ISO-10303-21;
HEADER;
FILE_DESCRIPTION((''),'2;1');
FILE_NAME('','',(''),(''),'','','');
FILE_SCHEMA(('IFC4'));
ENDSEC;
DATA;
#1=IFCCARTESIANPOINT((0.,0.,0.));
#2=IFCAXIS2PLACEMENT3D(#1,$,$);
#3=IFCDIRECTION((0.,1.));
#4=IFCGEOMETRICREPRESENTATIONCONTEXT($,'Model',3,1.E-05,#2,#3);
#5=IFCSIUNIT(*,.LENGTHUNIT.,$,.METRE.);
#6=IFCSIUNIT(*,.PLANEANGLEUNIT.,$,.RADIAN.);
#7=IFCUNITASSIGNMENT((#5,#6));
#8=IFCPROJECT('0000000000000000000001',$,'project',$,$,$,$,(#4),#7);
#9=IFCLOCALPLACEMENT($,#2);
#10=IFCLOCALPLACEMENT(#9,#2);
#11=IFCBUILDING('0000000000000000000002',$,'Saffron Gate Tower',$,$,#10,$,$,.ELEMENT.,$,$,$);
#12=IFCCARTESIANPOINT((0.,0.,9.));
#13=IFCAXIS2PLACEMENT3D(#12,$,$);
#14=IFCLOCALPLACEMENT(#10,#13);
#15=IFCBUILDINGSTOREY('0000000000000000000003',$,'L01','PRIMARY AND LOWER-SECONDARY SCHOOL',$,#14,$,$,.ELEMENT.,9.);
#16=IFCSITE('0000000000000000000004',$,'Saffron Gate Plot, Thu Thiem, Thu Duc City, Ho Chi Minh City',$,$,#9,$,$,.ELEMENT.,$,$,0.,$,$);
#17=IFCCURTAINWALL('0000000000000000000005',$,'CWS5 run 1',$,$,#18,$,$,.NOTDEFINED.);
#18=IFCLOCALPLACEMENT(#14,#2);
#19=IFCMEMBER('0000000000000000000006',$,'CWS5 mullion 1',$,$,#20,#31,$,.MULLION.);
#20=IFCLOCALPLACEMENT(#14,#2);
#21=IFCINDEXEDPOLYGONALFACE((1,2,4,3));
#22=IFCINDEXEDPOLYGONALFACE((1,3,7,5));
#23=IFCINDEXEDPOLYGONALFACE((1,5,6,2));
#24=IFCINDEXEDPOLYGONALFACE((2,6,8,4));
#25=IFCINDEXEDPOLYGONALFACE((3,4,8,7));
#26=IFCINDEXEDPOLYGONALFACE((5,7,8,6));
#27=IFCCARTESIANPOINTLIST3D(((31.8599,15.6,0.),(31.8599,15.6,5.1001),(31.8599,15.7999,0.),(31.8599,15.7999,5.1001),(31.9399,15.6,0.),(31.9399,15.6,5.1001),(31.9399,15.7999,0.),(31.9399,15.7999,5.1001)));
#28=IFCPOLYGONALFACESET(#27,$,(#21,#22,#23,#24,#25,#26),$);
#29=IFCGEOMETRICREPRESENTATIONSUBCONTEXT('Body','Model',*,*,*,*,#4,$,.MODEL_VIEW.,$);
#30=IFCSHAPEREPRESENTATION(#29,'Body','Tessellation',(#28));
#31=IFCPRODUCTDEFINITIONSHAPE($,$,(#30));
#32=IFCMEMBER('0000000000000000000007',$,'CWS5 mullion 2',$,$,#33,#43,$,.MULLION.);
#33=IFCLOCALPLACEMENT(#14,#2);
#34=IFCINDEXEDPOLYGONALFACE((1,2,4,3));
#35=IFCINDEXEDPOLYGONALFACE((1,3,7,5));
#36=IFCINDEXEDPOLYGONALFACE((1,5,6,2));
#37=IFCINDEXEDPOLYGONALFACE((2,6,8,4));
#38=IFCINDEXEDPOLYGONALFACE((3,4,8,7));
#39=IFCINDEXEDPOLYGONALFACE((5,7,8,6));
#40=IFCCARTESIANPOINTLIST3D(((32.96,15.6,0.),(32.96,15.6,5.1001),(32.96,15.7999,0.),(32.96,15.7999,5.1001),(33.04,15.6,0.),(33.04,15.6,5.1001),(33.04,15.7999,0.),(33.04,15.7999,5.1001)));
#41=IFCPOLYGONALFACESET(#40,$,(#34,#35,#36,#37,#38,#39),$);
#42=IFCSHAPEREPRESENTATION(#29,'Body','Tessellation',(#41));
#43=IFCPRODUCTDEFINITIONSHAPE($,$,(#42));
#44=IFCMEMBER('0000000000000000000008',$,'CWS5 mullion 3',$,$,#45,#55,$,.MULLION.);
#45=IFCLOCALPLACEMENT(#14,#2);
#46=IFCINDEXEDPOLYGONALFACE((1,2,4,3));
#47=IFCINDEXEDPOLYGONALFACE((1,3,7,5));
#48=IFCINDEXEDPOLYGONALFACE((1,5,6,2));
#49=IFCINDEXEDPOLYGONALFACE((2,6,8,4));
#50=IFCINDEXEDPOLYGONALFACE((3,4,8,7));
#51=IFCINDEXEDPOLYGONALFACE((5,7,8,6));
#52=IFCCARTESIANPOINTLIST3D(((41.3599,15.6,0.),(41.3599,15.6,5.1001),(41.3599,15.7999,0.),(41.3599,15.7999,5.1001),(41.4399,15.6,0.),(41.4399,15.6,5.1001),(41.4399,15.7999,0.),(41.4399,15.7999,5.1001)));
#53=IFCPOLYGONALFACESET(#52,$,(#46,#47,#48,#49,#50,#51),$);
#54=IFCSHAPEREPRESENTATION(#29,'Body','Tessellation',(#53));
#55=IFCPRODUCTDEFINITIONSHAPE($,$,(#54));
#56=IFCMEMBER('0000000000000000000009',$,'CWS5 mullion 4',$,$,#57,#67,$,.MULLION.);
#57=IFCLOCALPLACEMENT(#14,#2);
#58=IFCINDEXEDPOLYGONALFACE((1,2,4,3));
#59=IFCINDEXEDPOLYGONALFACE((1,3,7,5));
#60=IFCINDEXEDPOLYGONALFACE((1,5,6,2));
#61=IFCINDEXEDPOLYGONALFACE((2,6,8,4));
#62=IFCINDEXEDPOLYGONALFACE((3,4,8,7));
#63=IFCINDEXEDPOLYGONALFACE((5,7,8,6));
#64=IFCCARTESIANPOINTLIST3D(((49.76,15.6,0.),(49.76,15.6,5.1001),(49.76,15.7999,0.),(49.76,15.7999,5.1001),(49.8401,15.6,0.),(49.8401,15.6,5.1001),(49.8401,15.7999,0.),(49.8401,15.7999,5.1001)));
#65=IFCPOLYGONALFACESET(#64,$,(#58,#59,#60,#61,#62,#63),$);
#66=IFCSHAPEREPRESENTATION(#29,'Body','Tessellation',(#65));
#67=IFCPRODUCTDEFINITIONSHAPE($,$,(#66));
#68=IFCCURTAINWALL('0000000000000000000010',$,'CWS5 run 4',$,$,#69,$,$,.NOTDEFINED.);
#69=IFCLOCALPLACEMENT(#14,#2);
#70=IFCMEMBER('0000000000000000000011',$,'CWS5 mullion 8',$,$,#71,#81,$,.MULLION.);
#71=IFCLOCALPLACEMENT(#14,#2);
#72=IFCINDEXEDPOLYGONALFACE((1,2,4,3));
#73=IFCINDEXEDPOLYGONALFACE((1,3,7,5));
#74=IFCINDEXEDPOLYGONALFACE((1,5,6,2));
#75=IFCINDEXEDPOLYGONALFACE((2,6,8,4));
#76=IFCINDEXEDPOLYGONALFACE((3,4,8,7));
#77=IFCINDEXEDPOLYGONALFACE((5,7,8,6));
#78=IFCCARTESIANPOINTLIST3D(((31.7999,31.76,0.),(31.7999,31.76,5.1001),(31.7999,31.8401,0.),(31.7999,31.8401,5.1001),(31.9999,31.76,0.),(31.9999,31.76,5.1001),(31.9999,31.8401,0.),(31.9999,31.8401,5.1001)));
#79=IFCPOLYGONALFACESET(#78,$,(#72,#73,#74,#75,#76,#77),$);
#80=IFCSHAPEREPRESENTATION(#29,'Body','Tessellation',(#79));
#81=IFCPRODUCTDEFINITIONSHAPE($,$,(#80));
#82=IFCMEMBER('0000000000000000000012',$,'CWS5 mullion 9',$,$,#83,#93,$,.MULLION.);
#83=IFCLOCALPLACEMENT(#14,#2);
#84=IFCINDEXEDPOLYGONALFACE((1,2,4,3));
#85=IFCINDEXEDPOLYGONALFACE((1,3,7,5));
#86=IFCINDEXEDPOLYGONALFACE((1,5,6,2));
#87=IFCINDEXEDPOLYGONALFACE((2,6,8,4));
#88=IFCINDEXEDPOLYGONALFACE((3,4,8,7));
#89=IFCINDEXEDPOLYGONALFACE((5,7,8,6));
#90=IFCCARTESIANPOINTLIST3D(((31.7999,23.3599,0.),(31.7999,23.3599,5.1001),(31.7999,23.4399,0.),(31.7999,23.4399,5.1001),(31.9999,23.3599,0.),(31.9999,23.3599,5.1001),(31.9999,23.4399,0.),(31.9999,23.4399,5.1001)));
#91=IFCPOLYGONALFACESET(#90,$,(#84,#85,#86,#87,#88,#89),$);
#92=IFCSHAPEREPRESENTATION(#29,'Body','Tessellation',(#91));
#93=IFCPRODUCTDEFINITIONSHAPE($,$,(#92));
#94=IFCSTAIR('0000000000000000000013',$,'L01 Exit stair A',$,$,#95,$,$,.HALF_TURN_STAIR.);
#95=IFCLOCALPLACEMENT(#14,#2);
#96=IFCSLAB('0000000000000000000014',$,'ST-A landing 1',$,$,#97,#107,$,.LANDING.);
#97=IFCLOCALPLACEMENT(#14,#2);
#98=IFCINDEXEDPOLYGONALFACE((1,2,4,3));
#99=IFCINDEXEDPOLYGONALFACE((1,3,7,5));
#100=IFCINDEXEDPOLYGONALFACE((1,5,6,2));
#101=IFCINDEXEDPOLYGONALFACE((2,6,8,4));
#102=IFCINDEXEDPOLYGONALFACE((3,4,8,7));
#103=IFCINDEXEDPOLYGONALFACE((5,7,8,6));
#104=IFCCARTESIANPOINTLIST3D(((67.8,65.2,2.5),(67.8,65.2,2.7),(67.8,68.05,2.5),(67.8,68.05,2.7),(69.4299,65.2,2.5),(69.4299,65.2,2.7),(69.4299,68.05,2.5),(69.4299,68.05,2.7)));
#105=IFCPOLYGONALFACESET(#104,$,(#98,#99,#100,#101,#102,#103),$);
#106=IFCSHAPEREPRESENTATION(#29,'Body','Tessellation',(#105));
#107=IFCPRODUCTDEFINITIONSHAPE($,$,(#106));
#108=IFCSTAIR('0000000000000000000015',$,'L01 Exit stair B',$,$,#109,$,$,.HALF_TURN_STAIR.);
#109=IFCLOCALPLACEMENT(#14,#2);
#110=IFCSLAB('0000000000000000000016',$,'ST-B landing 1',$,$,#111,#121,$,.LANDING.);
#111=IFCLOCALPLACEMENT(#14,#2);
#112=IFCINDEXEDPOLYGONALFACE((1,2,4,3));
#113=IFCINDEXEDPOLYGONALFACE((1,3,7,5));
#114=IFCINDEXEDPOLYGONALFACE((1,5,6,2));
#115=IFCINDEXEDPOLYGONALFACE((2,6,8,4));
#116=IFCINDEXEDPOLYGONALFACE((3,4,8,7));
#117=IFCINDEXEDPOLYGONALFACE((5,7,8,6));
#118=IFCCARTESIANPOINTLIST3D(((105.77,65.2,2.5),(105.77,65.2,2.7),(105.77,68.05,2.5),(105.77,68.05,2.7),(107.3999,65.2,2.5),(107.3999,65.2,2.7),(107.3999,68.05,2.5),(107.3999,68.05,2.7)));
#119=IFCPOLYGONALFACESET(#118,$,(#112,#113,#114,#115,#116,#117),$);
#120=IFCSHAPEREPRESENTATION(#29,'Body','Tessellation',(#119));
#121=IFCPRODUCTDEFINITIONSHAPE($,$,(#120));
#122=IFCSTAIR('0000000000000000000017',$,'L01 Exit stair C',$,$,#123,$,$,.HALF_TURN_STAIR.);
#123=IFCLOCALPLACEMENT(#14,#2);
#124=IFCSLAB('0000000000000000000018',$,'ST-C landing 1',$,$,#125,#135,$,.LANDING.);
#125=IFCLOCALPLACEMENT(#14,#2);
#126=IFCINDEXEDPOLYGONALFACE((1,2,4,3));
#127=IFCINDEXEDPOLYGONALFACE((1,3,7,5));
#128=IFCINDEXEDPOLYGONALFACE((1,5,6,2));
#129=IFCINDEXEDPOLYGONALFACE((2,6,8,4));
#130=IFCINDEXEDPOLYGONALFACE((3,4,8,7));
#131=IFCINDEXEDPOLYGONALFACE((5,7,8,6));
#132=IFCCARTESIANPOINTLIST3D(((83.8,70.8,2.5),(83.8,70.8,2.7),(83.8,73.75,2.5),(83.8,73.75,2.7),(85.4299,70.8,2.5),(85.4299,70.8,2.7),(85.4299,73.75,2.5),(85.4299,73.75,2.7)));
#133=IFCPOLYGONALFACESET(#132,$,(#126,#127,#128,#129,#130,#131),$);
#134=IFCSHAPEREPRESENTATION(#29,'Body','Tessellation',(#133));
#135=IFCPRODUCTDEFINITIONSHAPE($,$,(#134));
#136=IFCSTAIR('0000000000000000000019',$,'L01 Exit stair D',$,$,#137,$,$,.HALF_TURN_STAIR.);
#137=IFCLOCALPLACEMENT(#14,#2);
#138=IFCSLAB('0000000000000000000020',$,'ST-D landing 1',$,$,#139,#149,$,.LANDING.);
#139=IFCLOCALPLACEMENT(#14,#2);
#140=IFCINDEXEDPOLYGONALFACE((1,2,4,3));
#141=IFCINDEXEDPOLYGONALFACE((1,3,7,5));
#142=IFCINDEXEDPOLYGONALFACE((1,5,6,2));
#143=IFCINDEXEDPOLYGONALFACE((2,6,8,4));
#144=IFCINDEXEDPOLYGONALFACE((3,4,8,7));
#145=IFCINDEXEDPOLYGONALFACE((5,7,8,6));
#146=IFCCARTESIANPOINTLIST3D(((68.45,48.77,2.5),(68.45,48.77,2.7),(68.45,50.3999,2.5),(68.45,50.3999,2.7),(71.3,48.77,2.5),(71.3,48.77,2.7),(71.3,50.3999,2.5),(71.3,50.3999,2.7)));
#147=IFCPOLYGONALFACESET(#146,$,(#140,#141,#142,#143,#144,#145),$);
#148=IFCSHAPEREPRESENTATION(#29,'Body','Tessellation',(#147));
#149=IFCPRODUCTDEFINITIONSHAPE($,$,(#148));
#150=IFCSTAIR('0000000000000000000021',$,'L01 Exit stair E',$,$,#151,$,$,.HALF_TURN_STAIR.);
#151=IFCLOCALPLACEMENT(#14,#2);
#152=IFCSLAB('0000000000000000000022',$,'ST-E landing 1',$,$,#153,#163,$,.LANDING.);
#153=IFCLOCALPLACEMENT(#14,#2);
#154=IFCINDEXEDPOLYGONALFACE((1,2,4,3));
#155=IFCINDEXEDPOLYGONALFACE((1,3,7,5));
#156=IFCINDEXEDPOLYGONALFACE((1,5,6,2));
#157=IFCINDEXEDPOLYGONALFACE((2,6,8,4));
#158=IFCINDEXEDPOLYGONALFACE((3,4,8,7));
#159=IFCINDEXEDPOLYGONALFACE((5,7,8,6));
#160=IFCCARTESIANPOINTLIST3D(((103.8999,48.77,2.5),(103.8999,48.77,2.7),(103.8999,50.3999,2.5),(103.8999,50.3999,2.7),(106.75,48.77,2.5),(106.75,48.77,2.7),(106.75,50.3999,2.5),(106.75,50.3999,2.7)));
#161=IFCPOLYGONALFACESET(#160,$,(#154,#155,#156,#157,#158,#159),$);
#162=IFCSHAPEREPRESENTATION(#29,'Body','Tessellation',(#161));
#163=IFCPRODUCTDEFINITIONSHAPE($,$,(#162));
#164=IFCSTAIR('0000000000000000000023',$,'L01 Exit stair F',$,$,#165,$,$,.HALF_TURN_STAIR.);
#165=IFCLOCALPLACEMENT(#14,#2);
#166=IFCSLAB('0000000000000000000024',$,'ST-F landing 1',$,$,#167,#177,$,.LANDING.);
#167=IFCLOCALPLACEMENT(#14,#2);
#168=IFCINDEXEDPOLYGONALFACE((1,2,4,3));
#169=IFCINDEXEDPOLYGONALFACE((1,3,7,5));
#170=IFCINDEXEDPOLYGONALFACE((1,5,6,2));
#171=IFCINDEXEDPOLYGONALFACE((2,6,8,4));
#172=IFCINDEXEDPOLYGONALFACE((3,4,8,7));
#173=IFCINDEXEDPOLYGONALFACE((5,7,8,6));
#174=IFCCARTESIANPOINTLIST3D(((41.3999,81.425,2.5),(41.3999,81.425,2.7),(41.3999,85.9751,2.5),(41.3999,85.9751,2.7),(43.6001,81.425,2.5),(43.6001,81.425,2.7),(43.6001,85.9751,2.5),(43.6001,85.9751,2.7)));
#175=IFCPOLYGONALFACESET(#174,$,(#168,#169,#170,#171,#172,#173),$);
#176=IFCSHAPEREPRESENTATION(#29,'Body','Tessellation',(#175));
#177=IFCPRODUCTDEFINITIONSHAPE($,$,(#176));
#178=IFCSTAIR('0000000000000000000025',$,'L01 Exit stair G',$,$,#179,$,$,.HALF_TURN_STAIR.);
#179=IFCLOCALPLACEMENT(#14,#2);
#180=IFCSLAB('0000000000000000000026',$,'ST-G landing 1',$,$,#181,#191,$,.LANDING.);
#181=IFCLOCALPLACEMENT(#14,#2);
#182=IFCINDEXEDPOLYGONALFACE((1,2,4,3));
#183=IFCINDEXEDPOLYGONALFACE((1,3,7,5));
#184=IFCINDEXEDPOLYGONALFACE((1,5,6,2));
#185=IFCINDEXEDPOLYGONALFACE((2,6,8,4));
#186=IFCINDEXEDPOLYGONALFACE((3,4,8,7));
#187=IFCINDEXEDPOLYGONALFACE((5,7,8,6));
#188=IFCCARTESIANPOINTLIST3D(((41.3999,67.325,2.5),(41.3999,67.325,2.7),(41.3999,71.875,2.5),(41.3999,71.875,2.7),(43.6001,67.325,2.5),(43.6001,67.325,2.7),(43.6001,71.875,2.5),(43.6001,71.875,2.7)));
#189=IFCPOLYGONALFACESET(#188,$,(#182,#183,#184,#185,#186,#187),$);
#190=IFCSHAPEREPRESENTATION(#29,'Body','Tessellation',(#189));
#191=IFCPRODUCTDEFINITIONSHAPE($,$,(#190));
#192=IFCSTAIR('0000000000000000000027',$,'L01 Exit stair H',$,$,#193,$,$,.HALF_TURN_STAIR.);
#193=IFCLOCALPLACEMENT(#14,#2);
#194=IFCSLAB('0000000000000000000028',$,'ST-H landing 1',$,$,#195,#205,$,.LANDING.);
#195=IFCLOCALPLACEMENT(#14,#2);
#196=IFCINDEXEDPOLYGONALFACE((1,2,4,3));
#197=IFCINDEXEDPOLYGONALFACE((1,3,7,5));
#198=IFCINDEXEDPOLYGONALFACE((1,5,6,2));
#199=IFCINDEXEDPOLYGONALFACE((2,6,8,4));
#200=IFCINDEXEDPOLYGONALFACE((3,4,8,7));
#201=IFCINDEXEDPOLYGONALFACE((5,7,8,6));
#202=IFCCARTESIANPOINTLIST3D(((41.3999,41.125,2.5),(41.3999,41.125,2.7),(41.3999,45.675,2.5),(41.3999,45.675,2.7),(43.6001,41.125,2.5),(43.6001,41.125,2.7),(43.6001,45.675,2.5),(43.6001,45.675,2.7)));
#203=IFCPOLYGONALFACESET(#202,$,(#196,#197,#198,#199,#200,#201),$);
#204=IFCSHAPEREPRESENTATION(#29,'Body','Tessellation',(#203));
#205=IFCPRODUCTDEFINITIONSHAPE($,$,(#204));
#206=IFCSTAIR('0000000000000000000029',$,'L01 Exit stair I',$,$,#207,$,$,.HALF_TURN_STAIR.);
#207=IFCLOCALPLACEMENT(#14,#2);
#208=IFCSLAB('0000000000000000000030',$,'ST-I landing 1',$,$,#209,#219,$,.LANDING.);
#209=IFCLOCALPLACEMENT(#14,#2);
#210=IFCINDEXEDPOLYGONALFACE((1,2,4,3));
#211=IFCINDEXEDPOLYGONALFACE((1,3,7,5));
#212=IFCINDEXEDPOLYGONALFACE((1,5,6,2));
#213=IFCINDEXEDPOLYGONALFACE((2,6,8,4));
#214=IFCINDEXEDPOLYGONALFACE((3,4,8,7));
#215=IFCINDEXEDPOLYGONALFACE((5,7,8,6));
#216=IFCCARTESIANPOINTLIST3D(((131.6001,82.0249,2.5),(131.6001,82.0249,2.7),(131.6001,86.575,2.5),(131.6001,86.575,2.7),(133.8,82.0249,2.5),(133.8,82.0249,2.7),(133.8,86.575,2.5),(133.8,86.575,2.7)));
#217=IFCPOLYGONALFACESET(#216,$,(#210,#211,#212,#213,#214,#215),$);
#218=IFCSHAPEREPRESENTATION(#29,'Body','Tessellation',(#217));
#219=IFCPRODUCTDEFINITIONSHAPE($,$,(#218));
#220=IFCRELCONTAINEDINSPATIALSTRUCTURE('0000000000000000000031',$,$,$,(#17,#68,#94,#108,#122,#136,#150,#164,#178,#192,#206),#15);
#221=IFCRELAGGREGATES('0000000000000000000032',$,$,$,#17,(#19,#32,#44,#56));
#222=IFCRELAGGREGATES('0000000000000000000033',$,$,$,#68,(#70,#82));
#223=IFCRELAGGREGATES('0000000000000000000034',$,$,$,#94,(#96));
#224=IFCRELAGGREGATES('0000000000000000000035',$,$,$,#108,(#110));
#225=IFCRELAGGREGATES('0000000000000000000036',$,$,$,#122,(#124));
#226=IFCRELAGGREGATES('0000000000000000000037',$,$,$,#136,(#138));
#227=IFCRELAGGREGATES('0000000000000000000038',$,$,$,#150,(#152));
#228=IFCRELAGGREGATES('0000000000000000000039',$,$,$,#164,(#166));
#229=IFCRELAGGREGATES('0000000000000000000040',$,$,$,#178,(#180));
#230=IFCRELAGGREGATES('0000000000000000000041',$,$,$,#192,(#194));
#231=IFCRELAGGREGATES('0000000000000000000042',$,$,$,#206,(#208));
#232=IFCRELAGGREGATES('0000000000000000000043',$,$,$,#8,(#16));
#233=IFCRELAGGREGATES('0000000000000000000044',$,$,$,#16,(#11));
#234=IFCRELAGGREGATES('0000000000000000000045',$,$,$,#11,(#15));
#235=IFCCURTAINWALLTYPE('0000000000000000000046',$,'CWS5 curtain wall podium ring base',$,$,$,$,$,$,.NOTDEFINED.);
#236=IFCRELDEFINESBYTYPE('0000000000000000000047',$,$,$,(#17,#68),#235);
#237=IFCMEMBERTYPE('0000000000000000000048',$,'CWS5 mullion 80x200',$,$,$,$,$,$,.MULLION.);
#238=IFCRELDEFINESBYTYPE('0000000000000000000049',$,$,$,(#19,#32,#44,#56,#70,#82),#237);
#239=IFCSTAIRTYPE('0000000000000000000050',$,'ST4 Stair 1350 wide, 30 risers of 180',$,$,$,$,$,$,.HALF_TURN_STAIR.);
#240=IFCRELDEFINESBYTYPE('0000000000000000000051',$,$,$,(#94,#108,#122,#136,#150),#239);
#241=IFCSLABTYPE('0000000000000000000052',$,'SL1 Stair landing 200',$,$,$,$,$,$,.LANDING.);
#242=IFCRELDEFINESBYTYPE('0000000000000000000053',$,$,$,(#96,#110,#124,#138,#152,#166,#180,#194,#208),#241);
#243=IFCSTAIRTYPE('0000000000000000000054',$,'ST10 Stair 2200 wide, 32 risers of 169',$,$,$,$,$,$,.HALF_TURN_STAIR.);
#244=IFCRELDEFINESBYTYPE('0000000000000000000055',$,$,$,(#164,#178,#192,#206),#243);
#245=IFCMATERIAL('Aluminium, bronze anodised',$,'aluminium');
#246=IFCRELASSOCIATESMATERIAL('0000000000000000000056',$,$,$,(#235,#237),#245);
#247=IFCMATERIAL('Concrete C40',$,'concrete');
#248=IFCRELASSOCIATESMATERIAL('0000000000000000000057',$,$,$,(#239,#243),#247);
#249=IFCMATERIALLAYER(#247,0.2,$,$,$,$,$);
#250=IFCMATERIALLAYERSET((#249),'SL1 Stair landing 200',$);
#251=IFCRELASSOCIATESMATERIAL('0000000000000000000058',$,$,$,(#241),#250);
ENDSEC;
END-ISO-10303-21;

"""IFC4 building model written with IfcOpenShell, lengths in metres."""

from ifc_helpers import new_model, si_unit, direction, frame, origin, origin_2d, place, context, subcontext, project, spatial, polyline, rectangle, outline, extrude, material, layer, layer_set, material_profile, profile_set, type_object, element, aggregate, save


model = new_model("IFC4")

# Units and contexts
model_context = context("Model", 3, precision=1e-05, world=origin(), true_north=direction((0.0, 1.0)))
body_context = subcontext(model_context, "Body", "Model", "MODEL_VIEW")
ifc_project = project(units=[si_unit("LENGTHUNIT", "METRE"), si_unit("PLANEANGLEUNIT", "RADIAN")], contexts=[model_context])

# Site, building, storey
site_placement = place(None, origin())
site = spatial("IfcSite", under=ifc_project, at=site_placement, Name="Saffron Gate Plot, Thu Thiem, Thu Duc City, Ho Chi Minh City", CompositionType="ELEMENT", RefElevation=0.0)
building_placement = place(site_placement, origin())
building = spatial("IfcBuilding", under=site, at=building_placement, Name="Saffron Gate Tower", CompositionType="ELEMENT")
storey_placement = place(building_placement, frame((0.0, 0.0, 9.0)))
storey = spatial("IfcBuildingStorey", under=building, at=storey_placement, Name="L01", Description="PRIMARY AND LOWER-SECONDARY SCHOOL", CompositionType="ELEMENT", Elevation=9.0)

# Curtain walls, members
ifc_material_1 = material(Name="Aluminium, bronze anodised", Category="aluminium")
curtain_wall_type = type_object("IfcCurtainWallType", Name="CWS5 curtain wall podium ring base", PredefinedType="NOTDEFINED", material=ifc_material_1)
curtain_wall_1_placement = place(storey_placement, origin())
curtain_wall_1 = element("IfcCurtainWall", 1, at=curtain_wall_1_placement, inside=storey, type_object=curtain_wall_type, Name="CWS5 run 1", PredefinedType="NOTDEFINED")
ifc_material_profile_1 = material_profile(ifc_material_1, rectangle(XDim=0.2, YDim=0.0801, at=origin_2d()))
ifc_profile_set_1 = profile_set([ifc_material_profile_1], Name="Aluminium, bronze anodised")
member_type_1 = type_object("IfcMemberType", Name="CWS5 mullion 80x200", PredefinedType="MULLION", material=ifc_profile_set_1)
member_1_placement = place(storey_placement, frame((31.8999, 15.7, 0.0), z_axis=(0.0, 0.0, 1.0), x_axis=(0.0, 1.0, 0.0)))
member_1 = element("IfcMember", 2, at=member_1_placement, type_object=member_type_1, Name="CWS5 mullion 1", PredefinedType="MULLION", context=body_context, shape_type="SweptSolid", body=[
    extrude(rectangle(XDim=0.2, YDim=0.0801, at=origin_2d()), origin(), (0.0, 0.0, 1.0), 5.1001),
])
member_2_placement = place(storey_placement, frame((33.0, 15.7, 0.0), z_axis=(0.0, 0.0, 1.0), x_axis=(0.0, 1.0, 0.0)))
member_2 = element("IfcMember", 3, at=member_2_placement, type_object=member_type_1, Name="CWS5 mullion 2", PredefinedType="MULLION", context=body_context, shape_type="SweptSolid", body=[
    extrude(rectangle(XDim=0.2, YDim=0.0801, at=origin_2d()), origin(), (0.0, 0.0, 1.0), 5.1001),
])
member_3_placement = place(storey_placement, frame((41.3999, 15.7, 0.0), z_axis=(0.0, 0.0, 1.0), x_axis=(0.0, 1.0, 0.0)))
member_3 = element("IfcMember", 4, at=member_3_placement, type_object=member_type_1, Name="CWS5 mullion 3", PredefinedType="MULLION", context=body_context, shape_type="SweptSolid", body=[
    extrude(rectangle(XDim=0.2, YDim=0.0801, at=origin_2d()), origin(), (0.0, 0.0, 1.0), 5.1001),
])
member_4_placement = place(storey_placement, frame((49.8, 15.7, 0.0), z_axis=(0.0, 0.0, 1.0), x_axis=(0.0, 1.0, 0.0)))
member_4 = element("IfcMember", 5, at=member_4_placement, type_object=member_type_1, Name="CWS5 mullion 4", PredefinedType="MULLION", context=body_context, shape_type="SweptSolid", body=[
    extrude(rectangle(XDim=0.2, YDim=0.0801, at=origin_2d()), origin(), (0.0, 0.0, 1.0), 5.1001),
])
aggregate(curtain_wall_1, [member_1, member_2, member_3, member_4])
curtain_wall_2_placement = place(storey_placement, origin())
curtain_wall_2 = element("IfcCurtainWall", 6, at=curtain_wall_2_placement, inside=storey, type_object=curtain_wall_type, Name="CWS5 run 4", PredefinedType="NOTDEFINED")
member_5_placement = place(storey_placement, frame((31.8999, 31.8, 0.0), z_axis=(0.0, 0.0, 1.0), x_axis=(1.0, 0.0, 0.0)))
member_5 = element("IfcMember", 7, at=member_5_placement, type_object=member_type_1, Name="CWS5 mullion 8", PredefinedType="MULLION", context=body_context, shape_type="SweptSolid", body=[
    extrude(rectangle(XDim=0.2, YDim=0.0801, at=origin_2d()), origin(), (0.0, 0.0, 1.0), 5.1001),
])
member_6_placement = place(storey_placement, frame((31.8999, 23.3999, 0.0), z_axis=(0.0, 0.0, 1.0), x_axis=(1.0, 0.0, 0.0)))
member_6 = element("IfcMember", 8, at=member_6_placement, type_object=member_type_1, Name="CWS5 mullion 9", PredefinedType="MULLION", context=body_context, shape_type="SweptSolid", body=[
    extrude(rectangle(XDim=0.2, YDim=0.0801, at=origin_2d()), origin(), (0.0, 0.0, 1.0), 5.1001),
])
aggregate(curtain_wall_2, [member_5, member_6])

# Shared definitions
ifc_material_2 = material(Name="Concrete C40", Category="concrete")

# Stairs, slabs
stair_type_1 = type_object("IfcStairType", Name="ST4 Stair 1350 wide, 30 risers of 180", PredefinedType="HALF_TURN_STAIR", material=ifc_material_2)
stair_1_placement = place(storey_placement, origin())
stair_1 = element("IfcStair", 9, at=stair_1_placement, inside=storey, type_object=stair_type_1, Name="L01 Exit stair A", PredefinedType="HALF_TURN_STAIR")
ifc_layer_1 = layer(ifc_material_2, 0.2)
ifc_layer_set_1 = layer_set([ifc_layer_1], Name="SL1 Stair landing 200")
slab_type_1 = type_object("IfcSlabType", Name="SL1 Stair landing 200", PredefinedType="LANDING", material=ifc_layer_set_1)
slab_1_placement = place(storey_placement, frame((0.0, 0.0, 2.5)))
slab_1 = element("IfcSlab", 10, at=slab_1_placement, type_object=slab_type_1, Name="ST-A landing 1", PredefinedType="LANDING", context=body_context, shape_type="SweptSolid", body=[
    extrude(outline(polyline([(69.4299, 68.05), (67.8, 68.05), (67.8, 65.2), (69.4299, 65.2), (69.4299, 68.05)])), origin(), (0.0, 0.0, 1.0), 0.2),
])
aggregate(stair_1, [slab_1])
stair_2_placement = place(storey_placement, origin())
stair_2 = element("IfcStair", 11, at=stair_2_placement, inside=storey, type_object=stair_type_1, Name="L01 Exit stair B", PredefinedType="HALF_TURN_STAIR")
slab_2_placement = place(storey_placement, frame((0.0, 0.0, 2.5)))
slab_2 = element("IfcSlab", 12, at=slab_2_placement, type_object=slab_type_1, Name="ST-B landing 1", PredefinedType="LANDING", context=body_context, shape_type="SweptSolid", body=[
    extrude(outline(polyline([(105.77, 65.2), (107.3999, 65.2), (107.3999, 68.05), (105.77, 68.05), (105.77, 65.2)])), origin(), (0.0, 0.0, 1.0), 0.2),
])
aggregate(stair_2, [slab_2])
stair_3_placement = place(storey_placement, origin())
stair_3 = element("IfcStair", 13, at=stair_3_placement, inside=storey, type_object=stair_type_1, Name="L01 Exit stair C", PredefinedType="HALF_TURN_STAIR")
slab_3_placement = place(storey_placement, frame((0.0, 0.0, 2.5)))
slab_3 = element("IfcSlab", 14, at=slab_3_placement, type_object=slab_type_1, Name="ST-C landing 1", PredefinedType="LANDING", context=body_context, shape_type="SweptSolid", body=[
    extrude(outline(polyline([(85.4299, 73.75), (83.8, 73.75), (83.8, 70.8), (85.4299, 70.8), (85.4299, 73.75)])), origin(), (0.0, 0.0, 1.0), 0.2),
])
aggregate(stair_3, [slab_3])
stair_4_placement = place(storey_placement, origin())
stair_4 = element("IfcStair", 15, at=stair_4_placement, inside=storey, type_object=stair_type_1, Name="L01 Exit stair D", PredefinedType="HALF_TURN_STAIR")
slab_4_placement = place(storey_placement, frame((0.0, 0.0, 2.5)))
slab_4 = element("IfcSlab", 16, at=slab_4_placement, type_object=slab_type_1, Name="ST-D landing 1", PredefinedType="LANDING", context=body_context, shape_type="SweptSolid", body=[
    extrude(outline(polyline([(71.3, 48.77), (71.3, 50.3999), (68.45, 50.3999), (68.45, 48.77), (71.3, 48.77)])), origin(), (0.0, 0.0, 1.0), 0.2),
])
aggregate(stair_4, [slab_4])
stair_5_placement = place(storey_placement, origin())
stair_5 = element("IfcStair", 17, at=stair_5_placement, inside=storey, type_object=stair_type_1, Name="L01 Exit stair E", PredefinedType="HALF_TURN_STAIR")
slab_5_placement = place(storey_placement, frame((0.0, 0.0, 2.5)))
slab_5 = element("IfcSlab", 18, at=slab_5_placement, type_object=slab_type_1, Name="ST-E landing 1", PredefinedType="LANDING", context=body_context, shape_type="SweptSolid", body=[
    extrude(outline(polyline([(106.75, 48.77), (106.75, 50.3999), (103.8999, 50.3999), (103.8999, 48.77), (106.75, 48.77)])), origin(), (0.0, 0.0, 1.0), 0.2),
])
aggregate(stair_5, [slab_5])
stair_type_2 = type_object("IfcStairType", Name="ST10 Stair 2200 wide, 32 risers of 169", PredefinedType="HALF_TURN_STAIR", material=ifc_material_2)
stair_6_placement = place(storey_placement, origin())
stair_6 = element("IfcStair", 19, at=stair_6_placement, inside=storey, type_object=stair_type_2, Name="L01 Exit stair F", PredefinedType="HALF_TURN_STAIR")
slab_6_placement = place(storey_placement, frame((0.0, 0.0, 2.5)))
slab_6 = element("IfcSlab", 20, at=slab_6_placement, type_object=slab_type_1, Name="ST-F landing 1", PredefinedType="LANDING", context=body_context, shape_type="SweptSolid", body=[
    extrude(outline(polyline([(41.3999, 81.425), (43.6001, 81.425), (43.6001, 85.9751), (41.3999, 85.9751), (41.3999, 81.425)])), origin(), (0.0, 0.0, 1.0), 0.2),
])
aggregate(stair_6, [slab_6])
stair_7_placement = place(storey_placement, origin())
stair_7 = element("IfcStair", 21, at=stair_7_placement, inside=storey, type_object=stair_type_2, Name="L01 Exit stair G", PredefinedType="HALF_TURN_STAIR")
slab_7_placement = place(storey_placement, frame((0.0, 0.0, 2.5)))
slab_7 = element("IfcSlab", 22, at=slab_7_placement, type_object=slab_type_1, Name="ST-G landing 1", PredefinedType="LANDING", context=body_context, shape_type="SweptSolid", body=[
    extrude(outline(polyline([(41.3999, 67.325), (43.6001, 67.325), (43.6001, 71.875), (41.3999, 71.875), (41.3999, 67.325)])), origin(), (0.0, 0.0, 1.0), 0.2),
])
aggregate(stair_7, [slab_7])
stair_8_placement = place(storey_placement, origin())
stair_8 = element("IfcStair", 23, at=stair_8_placement, inside=storey, type_object=stair_type_2, Name="L01 Exit stair H", PredefinedType="HALF_TURN_STAIR")
slab_8_placement = place(storey_placement, frame((0.0, 0.0, 2.5)))
slab_8 = element("IfcSlab", 24, at=slab_8_placement, type_object=slab_type_1, Name="ST-H landing 1", PredefinedType="LANDING", context=body_context, shape_type="SweptSolid", body=[
    extrude(outline(polyline([(41.3999, 41.125), (43.6001, 41.125), (43.6001, 45.675), (41.3999, 45.675), (41.3999, 41.125)])), origin(), (0.0, 0.0, 1.0), 0.2),
])
aggregate(stair_8, [slab_8])
stair_9_placement = place(storey_placement, origin())
stair_9 = element("IfcStair", 25, at=stair_9_placement, inside=storey, type_object=stair_type_2, Name="L01 Exit stair I", PredefinedType="HALF_TURN_STAIR")
slab_9_placement = place(storey_placement, frame((0.0, 0.0, 2.5)))
slab_9 = element("IfcSlab", 26, at=slab_9_placement, type_object=slab_type_1, Name="ST-I landing 1", PredefinedType="LANDING", context=body_context, shape_type="SweptSolid", body=[
    extrude(outline(polyline([(133.8, 86.575), (131.6001, 86.575), (131.6001, 82.0249), (133.8, 82.0249), (133.8, 86.575)])), origin(), (0.0, 0.0, 1.0), 0.2),
])
aggregate(stair_9, [slab_9])

save(model, "model.ifc")
